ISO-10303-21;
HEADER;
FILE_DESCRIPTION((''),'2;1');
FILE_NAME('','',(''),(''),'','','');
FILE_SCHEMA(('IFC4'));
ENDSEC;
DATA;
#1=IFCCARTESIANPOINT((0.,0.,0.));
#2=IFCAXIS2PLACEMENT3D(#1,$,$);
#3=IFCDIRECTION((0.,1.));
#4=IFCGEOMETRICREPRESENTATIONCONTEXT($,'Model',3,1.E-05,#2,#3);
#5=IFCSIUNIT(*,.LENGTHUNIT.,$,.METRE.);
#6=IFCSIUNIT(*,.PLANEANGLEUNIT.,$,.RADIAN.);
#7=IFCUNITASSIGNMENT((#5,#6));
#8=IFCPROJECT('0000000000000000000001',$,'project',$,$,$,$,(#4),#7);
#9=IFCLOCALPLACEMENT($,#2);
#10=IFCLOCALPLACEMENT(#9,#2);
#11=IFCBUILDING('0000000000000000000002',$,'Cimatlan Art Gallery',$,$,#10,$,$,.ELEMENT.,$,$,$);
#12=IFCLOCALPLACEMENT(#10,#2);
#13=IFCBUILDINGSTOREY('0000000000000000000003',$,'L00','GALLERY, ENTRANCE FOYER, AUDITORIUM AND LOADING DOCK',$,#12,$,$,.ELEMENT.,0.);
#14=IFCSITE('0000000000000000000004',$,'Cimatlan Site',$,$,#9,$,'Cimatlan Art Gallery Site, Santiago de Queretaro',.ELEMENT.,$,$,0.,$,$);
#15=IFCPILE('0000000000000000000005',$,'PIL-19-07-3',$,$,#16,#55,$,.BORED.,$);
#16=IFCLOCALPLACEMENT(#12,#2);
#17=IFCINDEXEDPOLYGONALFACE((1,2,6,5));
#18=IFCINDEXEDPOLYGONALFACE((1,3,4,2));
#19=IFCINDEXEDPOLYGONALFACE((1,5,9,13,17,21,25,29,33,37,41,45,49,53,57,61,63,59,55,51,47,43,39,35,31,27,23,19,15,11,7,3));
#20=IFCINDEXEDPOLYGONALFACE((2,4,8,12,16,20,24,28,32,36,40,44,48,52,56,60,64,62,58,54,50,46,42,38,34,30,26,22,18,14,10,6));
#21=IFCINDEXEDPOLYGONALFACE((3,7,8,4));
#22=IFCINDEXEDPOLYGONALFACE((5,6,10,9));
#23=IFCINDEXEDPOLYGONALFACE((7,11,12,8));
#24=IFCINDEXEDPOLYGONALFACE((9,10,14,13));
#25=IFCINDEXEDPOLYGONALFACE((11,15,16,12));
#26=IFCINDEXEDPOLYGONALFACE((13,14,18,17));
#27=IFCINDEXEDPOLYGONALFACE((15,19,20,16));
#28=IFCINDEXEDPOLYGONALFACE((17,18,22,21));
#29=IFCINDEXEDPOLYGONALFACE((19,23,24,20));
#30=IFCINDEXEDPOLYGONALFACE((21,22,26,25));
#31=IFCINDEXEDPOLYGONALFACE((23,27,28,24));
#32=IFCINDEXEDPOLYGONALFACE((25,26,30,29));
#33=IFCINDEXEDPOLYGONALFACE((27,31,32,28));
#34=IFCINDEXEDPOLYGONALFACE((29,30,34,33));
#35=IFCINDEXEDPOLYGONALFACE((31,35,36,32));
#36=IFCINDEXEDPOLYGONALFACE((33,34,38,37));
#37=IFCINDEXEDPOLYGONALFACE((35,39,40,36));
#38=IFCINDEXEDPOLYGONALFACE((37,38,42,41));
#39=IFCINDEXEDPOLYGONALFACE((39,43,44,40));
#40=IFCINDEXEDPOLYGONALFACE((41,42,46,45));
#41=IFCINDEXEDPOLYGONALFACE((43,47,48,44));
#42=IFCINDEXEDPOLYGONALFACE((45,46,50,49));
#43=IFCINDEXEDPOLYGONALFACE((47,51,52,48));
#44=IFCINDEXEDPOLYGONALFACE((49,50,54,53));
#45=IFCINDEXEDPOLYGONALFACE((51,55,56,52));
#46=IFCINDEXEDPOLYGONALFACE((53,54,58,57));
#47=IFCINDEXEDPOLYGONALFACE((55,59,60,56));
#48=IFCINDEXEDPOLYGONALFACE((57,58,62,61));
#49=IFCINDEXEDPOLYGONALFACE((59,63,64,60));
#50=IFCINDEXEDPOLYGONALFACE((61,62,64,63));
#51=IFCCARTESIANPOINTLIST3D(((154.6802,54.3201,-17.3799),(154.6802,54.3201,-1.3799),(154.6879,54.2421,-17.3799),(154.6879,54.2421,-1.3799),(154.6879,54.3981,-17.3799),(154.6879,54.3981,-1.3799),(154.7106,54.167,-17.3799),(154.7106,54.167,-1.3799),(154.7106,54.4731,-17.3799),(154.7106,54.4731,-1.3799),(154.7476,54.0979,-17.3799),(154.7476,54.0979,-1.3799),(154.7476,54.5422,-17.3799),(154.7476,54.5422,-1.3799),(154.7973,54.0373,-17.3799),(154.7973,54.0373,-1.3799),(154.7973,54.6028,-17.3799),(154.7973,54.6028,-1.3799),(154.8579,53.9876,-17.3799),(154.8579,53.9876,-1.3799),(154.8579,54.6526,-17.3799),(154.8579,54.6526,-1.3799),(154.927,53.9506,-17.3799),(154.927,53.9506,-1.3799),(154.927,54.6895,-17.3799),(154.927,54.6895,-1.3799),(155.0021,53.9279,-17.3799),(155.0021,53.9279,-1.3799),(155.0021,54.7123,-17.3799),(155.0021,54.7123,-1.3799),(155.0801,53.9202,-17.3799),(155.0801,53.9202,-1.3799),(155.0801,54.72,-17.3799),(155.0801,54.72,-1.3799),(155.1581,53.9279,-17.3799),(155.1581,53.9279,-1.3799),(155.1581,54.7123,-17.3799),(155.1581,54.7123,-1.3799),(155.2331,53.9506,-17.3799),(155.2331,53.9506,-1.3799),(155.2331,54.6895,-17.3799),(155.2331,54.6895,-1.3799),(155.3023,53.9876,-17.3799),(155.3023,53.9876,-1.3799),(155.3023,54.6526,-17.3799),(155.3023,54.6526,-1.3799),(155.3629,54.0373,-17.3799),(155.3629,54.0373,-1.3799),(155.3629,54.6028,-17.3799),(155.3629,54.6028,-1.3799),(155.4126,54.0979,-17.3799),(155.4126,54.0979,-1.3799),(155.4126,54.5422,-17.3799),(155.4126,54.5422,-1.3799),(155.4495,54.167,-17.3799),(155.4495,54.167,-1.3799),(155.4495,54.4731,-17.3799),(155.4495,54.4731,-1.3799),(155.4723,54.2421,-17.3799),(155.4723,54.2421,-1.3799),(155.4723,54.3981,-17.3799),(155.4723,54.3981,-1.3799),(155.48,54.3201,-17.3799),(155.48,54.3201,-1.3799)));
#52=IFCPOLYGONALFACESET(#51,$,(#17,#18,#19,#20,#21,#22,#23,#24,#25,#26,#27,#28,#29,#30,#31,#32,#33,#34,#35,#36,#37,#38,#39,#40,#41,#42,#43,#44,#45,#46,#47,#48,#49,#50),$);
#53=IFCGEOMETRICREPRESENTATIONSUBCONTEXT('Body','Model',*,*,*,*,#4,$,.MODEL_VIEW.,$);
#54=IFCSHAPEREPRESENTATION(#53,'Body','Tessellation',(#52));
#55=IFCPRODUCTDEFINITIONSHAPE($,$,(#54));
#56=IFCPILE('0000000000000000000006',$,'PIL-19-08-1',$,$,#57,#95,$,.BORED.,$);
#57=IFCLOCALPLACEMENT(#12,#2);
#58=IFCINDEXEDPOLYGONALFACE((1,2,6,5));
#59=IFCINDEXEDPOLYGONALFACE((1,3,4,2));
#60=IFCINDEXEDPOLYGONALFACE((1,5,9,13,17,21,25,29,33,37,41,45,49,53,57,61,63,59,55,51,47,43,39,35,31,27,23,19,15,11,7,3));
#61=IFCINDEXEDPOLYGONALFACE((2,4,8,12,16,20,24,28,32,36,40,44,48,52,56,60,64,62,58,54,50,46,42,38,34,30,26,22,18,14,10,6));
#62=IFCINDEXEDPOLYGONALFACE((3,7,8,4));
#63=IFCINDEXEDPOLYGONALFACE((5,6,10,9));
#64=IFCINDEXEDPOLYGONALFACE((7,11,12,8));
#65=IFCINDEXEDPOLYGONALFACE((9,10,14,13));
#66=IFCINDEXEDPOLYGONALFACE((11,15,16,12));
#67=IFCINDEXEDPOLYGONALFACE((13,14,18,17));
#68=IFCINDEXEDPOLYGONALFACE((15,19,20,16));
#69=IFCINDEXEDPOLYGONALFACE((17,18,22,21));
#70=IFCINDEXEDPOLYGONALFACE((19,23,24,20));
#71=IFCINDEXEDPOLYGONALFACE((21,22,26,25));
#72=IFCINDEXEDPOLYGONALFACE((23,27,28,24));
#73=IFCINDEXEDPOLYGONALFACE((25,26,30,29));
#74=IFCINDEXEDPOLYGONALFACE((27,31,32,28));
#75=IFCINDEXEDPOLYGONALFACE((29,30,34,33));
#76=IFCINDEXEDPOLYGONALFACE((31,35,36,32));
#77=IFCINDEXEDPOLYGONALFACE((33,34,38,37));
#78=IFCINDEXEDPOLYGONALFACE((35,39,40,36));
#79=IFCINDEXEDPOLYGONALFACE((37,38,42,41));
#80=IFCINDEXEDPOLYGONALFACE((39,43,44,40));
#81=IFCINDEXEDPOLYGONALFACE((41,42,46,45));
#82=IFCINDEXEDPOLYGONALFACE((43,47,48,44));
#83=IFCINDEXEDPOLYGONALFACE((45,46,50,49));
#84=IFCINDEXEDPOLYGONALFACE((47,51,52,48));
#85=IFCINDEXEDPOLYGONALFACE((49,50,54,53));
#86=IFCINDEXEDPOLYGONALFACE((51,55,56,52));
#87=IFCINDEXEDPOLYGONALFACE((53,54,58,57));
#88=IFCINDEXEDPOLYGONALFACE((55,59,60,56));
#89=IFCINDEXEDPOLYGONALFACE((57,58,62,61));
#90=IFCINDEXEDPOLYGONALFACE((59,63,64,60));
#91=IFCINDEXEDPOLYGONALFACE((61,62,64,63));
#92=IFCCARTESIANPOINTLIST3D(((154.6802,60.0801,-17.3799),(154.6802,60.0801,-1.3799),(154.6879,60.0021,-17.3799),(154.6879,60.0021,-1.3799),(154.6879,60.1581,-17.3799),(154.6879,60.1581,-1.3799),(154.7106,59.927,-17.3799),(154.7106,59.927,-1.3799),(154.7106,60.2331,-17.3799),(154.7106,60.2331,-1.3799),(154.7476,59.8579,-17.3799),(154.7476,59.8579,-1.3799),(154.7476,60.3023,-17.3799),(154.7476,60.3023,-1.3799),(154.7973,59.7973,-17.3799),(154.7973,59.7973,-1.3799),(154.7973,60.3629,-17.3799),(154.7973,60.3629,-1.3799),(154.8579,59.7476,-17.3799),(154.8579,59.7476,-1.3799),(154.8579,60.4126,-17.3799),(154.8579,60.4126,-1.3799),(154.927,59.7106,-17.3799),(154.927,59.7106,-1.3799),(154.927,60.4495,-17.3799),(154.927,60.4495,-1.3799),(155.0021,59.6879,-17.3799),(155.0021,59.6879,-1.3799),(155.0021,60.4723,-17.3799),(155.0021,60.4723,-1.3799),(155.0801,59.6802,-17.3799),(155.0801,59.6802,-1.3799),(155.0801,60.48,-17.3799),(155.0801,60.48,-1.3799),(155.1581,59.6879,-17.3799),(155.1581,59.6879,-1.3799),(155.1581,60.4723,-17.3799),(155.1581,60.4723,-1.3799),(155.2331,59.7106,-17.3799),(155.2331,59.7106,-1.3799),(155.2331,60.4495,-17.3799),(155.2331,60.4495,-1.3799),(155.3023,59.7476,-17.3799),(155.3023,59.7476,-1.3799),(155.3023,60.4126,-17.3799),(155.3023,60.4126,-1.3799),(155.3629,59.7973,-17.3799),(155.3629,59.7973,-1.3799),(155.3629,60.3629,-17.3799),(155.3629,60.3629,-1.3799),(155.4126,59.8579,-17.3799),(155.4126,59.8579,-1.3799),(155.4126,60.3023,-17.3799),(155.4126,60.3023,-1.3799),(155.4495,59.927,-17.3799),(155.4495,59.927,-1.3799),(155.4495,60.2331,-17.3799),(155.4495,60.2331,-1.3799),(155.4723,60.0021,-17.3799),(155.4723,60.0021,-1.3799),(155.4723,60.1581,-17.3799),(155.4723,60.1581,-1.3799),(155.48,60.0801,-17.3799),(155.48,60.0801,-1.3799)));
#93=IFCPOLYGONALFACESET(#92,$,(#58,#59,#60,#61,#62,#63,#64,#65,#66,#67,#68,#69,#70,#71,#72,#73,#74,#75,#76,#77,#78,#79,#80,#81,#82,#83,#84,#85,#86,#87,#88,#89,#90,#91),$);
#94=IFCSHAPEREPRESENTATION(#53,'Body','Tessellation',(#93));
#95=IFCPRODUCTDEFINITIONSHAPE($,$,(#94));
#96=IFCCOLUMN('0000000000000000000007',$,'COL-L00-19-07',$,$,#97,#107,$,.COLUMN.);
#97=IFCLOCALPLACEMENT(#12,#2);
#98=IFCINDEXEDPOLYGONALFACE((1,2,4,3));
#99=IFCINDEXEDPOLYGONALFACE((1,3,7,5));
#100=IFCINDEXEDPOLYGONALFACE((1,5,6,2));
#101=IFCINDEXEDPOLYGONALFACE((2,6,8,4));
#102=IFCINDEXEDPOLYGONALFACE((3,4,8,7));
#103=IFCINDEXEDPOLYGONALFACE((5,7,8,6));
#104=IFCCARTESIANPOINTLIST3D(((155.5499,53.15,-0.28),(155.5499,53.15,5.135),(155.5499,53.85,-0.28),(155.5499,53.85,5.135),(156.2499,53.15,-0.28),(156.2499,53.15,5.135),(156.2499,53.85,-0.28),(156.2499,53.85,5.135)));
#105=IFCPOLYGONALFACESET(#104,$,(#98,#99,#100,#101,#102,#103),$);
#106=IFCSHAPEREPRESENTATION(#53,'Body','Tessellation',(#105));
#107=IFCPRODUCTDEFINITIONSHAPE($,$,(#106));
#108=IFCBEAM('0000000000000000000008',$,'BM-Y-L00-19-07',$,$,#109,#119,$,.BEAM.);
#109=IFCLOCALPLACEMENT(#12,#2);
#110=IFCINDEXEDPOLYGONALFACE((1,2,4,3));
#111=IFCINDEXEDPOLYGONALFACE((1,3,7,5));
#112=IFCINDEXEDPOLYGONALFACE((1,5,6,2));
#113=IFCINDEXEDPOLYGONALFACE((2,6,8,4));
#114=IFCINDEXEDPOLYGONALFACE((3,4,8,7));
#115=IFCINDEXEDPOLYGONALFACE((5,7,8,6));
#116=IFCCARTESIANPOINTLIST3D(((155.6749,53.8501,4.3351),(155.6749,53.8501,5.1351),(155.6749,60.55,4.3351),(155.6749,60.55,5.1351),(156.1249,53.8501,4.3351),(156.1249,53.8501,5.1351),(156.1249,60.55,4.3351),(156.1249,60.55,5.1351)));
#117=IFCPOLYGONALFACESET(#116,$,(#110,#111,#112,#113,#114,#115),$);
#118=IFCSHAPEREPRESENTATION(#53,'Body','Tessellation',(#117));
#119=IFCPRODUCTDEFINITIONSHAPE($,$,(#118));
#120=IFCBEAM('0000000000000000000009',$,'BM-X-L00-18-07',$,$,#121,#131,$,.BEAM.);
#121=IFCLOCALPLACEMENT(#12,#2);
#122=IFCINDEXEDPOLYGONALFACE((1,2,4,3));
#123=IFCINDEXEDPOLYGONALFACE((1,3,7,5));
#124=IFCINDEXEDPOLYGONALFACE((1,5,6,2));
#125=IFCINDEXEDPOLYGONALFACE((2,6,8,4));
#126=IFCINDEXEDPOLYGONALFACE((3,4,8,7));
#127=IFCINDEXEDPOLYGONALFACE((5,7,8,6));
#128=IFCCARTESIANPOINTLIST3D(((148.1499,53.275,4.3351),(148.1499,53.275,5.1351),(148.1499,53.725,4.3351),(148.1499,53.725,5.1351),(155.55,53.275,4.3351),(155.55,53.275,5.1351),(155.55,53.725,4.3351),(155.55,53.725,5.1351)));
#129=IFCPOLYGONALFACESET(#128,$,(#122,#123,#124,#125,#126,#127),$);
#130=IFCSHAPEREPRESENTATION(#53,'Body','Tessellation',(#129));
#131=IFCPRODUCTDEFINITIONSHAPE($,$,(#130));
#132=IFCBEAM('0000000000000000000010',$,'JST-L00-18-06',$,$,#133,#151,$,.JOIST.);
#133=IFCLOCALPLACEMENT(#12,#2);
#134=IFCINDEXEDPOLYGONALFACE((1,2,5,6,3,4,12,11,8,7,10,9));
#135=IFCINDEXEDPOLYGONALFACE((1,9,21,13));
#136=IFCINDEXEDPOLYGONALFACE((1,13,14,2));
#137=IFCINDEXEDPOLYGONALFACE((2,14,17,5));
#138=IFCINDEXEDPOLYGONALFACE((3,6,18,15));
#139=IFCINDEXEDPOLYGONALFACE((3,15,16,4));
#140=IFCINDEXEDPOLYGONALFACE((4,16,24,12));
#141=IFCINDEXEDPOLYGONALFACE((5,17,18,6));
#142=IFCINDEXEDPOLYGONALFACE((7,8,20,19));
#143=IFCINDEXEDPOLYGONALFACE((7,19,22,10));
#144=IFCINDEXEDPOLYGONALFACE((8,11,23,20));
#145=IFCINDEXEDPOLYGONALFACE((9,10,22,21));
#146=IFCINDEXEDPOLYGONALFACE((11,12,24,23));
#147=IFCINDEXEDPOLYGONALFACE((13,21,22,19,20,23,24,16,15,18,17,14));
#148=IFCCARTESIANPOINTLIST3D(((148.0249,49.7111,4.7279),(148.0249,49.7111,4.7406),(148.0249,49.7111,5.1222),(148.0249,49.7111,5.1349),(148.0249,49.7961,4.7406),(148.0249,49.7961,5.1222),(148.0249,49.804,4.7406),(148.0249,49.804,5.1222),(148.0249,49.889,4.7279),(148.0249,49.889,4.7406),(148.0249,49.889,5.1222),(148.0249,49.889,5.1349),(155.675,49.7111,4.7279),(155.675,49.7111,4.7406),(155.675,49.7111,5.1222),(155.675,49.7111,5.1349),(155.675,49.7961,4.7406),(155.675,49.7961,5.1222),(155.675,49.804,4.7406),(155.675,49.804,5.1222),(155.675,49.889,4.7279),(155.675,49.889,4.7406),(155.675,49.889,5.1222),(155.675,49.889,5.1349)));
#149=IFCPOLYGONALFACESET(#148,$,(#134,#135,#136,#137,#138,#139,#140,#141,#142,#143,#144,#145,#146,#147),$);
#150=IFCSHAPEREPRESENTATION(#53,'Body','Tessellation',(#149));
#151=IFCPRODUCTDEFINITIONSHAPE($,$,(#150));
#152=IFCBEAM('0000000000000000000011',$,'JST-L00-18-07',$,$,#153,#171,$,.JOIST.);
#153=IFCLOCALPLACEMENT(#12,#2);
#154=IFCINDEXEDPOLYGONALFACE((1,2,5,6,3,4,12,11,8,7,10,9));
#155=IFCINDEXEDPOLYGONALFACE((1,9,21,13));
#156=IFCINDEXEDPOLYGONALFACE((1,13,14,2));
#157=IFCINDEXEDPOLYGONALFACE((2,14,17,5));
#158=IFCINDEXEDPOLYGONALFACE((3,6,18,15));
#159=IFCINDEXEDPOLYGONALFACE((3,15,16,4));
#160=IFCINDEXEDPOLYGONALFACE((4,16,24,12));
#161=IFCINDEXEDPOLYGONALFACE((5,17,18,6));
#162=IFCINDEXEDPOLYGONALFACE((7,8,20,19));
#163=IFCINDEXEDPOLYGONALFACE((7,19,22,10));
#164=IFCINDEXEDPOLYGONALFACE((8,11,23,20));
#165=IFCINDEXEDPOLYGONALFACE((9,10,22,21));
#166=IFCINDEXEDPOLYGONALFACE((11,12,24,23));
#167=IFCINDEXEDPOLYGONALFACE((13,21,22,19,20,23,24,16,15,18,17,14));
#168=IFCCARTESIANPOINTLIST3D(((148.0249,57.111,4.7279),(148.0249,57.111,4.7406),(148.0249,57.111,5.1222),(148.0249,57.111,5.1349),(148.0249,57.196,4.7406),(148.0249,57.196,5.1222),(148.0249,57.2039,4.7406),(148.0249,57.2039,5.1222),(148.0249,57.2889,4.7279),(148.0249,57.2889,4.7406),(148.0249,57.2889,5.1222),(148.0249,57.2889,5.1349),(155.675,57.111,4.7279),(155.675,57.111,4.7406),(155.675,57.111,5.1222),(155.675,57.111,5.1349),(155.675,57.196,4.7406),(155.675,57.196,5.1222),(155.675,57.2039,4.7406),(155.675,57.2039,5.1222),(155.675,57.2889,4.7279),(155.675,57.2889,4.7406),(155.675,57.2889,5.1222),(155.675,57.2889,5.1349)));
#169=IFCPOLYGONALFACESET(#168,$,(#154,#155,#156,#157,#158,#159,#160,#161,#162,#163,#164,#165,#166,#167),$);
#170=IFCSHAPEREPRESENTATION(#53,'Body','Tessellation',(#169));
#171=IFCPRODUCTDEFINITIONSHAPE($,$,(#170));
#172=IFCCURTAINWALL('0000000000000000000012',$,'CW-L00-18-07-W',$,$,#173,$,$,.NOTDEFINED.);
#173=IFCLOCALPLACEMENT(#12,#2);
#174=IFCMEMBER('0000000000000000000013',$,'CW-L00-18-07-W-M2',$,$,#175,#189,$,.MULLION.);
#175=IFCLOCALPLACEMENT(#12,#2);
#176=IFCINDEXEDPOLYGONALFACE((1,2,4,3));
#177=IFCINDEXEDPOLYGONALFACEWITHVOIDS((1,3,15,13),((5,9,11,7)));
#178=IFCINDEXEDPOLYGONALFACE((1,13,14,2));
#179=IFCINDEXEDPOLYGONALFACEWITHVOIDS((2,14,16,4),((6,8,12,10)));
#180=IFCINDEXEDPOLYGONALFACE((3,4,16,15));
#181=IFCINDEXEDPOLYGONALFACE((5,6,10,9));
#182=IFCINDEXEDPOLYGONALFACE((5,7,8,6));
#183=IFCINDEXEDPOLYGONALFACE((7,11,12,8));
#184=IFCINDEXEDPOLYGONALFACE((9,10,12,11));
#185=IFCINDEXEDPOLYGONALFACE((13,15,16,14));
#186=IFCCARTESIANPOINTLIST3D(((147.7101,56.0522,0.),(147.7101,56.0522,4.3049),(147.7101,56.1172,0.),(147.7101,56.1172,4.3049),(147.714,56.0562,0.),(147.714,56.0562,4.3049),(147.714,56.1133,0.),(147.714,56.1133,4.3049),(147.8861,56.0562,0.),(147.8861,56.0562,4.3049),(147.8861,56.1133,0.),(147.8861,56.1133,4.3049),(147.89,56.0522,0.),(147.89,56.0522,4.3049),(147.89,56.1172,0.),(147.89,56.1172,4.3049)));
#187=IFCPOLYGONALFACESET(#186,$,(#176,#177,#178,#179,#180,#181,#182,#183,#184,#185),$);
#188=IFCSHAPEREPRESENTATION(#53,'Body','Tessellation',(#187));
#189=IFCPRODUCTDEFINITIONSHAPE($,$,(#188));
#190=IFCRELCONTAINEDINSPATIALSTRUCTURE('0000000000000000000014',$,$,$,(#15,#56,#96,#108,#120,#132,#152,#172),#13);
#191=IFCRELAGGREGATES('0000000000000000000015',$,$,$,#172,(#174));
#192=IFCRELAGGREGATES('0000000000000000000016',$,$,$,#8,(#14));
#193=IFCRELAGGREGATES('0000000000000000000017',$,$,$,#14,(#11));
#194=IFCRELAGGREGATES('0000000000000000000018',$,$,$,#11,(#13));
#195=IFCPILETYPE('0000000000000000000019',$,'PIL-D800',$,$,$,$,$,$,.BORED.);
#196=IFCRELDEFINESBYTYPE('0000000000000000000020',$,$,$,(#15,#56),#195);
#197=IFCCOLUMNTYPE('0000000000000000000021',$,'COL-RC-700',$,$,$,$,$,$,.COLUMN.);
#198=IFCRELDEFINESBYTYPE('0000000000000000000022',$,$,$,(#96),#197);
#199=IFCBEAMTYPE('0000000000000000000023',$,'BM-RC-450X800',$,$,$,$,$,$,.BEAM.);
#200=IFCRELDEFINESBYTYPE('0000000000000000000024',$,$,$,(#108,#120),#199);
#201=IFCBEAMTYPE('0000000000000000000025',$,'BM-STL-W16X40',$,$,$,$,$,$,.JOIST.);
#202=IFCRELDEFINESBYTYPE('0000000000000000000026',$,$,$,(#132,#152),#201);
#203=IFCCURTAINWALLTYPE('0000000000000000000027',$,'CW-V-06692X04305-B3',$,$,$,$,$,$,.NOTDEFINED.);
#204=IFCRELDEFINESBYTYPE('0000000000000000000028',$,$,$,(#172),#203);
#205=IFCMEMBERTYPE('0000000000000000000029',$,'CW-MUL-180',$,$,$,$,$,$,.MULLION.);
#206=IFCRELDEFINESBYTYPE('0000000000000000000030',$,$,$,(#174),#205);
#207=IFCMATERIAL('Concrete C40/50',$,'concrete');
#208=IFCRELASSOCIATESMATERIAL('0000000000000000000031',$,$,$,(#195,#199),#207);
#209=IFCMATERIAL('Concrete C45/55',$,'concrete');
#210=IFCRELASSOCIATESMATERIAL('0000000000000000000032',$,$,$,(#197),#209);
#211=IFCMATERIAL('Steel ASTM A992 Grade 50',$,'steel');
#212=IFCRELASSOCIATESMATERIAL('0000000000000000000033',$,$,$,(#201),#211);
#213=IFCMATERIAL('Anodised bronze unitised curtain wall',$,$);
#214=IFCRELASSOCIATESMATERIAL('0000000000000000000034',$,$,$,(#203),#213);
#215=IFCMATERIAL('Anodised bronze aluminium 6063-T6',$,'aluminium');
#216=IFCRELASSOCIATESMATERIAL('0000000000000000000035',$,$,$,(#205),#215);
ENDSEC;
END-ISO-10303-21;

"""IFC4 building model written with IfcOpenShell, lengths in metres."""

from ifc_helpers import new_model, si_unit, direction, frame, origin, origin_2d, place, context, subcontext, project, spatial, rectangle, hollow_rectangle, circle, i_section, extrude, material, material_profile, profile_set, type_object, element, aggregate, save


model = new_model("IFC4")

# Units and contexts
model_context = context("Model", 3, precision=1e-05, world=origin(), true_north=direction((0.0, 1.0)))
body_context = subcontext(model_context, "Body", "Model", "MODEL_VIEW")
ifc_project = project(units=[si_unit("LENGTHUNIT", "METRE"), si_unit("PLANEANGLEUNIT", "RADIAN")], contexts=[model_context])

# Site, building, storey
site_placement = place(None, origin())
site = spatial("IfcSite", under=ifc_project, at=site_placement, Name="Cimatlan Site", LongName="Cimatlan Art Gallery Site, Santiago de Queretaro", CompositionType="ELEMENT", RefElevation=0.0)
building_placement = place(site_placement, origin())
building = spatial("IfcBuilding", under=site, at=building_placement, Name="Cimatlan Art Gallery", CompositionType="ELEMENT")
storey_placement = place(building_placement, origin())
storey = spatial("IfcBuildingStorey", under=building, at=storey_placement, Name="L00", Description="GALLERY, ENTRANCE FOYER, AUDITORIUM AND LOADING DOCK", CompositionType="ELEMENT", Elevation=0.0)

# Shared definitions
ifc_material_1 = material(Name="Concrete C40/50", Category="concrete")

# Piles
pile_type = type_object("IfcPileType", Name="PIL-D800", PredefinedType="BORED", material=ifc_material_1)
for number, where, z_axis, x_axis, name in (
    (1, (155.0801, 54.3201, -1.3799), (0.0, 0.0, -1.0), (1.0, 0.0, 0.0), "PIL-19-07-3"),
    (2, (155.0801, 60.0801, -1.3799), (0.0, 0.0, -1.0), (1.0, 0.0, 0.0), "PIL-19-08-1"),
):
    element("IfcPile", number, at=place(storey_placement, frame(where, z_axis=z_axis, x_axis=x_axis)), inside=storey, type_object=pile_type, Name=name, PredefinedType="BORED", context=body_context, shape_type="SweptSolid", body=[
        extrude(circle(Radius=0.3999, at=origin_2d()), origin(), (0.0, 0.0, 1.0), 16.0),
    ])

# Column
ifc_material_2 = material(Name="Concrete C45/55", Category="concrete")
ifc_material_profile_1 = material_profile(ifc_material_2, rectangle(XDim=0.7, YDim=0.7, at=origin_2d()), Name="RC700X700")
ifc_profile_set_1 = profile_set([ifc_material_profile_1], Name="Concrete C45/55")
column_type = type_object("IfcColumnType", Name="COL-RC-700", PredefinedType="COLUMN", material=ifc_profile_set_1)
column_placement = place(storey_placement, frame((155.8999, 53.5, -0.28), z_axis=(0.0, 0.0, 1.0), x_axis=(1.0, 0.0, 0.0)))
element("IfcColumn", 3, at=column_placement, inside=storey, type_object=column_type, Name="COL-L00-19-07", PredefinedType="COLUMN", context=body_context, shape_type="SweptSolid", body=[
    extrude(rectangle(XDim=0.7, YDim=0.7, at=origin_2d()), origin(), (0.0, 0.0, 1.0), 5.415),
])

# Beams
ifc_material_profile_2 = material_profile(ifc_material_1, rectangle(XDim=0.45, YDim=0.8, at=origin_2d()), Name="RC450X800")
ifc_profile_set_2 = profile_set([ifc_material_profile_2], Name="Concrete C40/50")
beam_type_1 = type_object("IfcBeamType", Name="BM-RC-450X800", PredefinedType="BEAM", material=ifc_profile_set_2)
beam_1_placement = place(storey_placement, frame((155.8999, 53.8501, 4.7351), z_axis=(0.0, 1.0, 0.0), x_axis=(-1.0, 0.0, 0.0)))
element("IfcBeam", 4, at=beam_1_placement, inside=storey, type_object=beam_type_1, Name="BM-Y-L00-19-07", PredefinedType="BEAM", context=body_context, shape_type="SweptSolid", body=[
    extrude(rectangle(XDim=0.45, YDim=0.8, at=origin_2d()), origin(), (0.0, 0.0, 1.0), 6.7),
])
beam_2_placement = place(storey_placement, frame((148.1499, 53.5, 4.7351), z_axis=(1.0, 0.0, 0.0), x_axis=(0.0, 1.0, 0.0)))
element("IfcBeam", 5, at=beam_2_placement, inside=storey, type_object=beam_type_1, Name="BM-X-L00-18-07", PredefinedType="BEAM", context=body_context, shape_type="SweptSolid", body=[
    extrude(rectangle(XDim=0.45, YDim=0.8, at=origin_2d()), origin(), (0.0, 0.0, 1.0), 7.4001),
])
ifc_material_3 = material(Name="Steel ASTM A992 Grade 50", Category="steel")
ifc_material_profile_3 = material_profile(ifc_material_3, i_section(OverallWidth=0.178, OverallDepth=0.407, WebThickness=0.0078, FlangeThickness=0.0127, at=origin_2d()), Name="W16X40")
ifc_profile_set_3 = profile_set([ifc_material_profile_3], Name="Steel ASTM A992 Grade 50")
beam_type_2 = type_object("IfcBeamType", Name="BM-STL-W16X40", PredefinedType="JOIST", material=ifc_profile_set_3)
for number, where, z_axis, x_axis, name in (
    (6, (148.0249, 49.8, 4.9314), (1.0, 0.0, 0.0), (0.0, 1.0, 0.0), "JST-L00-18-06"),
    (7, (148.0249, 57.2, 4.9314), (1.0, 0.0, 0.0), (0.0, 1.0, 0.0), "JST-L00-18-07"),
):
    element("IfcBeam", number, at=place(storey_placement, frame(where, z_axis=z_axis, x_axis=x_axis)), inside=storey, type_object=beam_type_2, Name=name, PredefinedType="JOIST", context=body_context, shape_type="SweptSolid", body=[
        extrude(i_section(OverallWidth=0.178, OverallDepth=0.407, WebThickness=0.0078, FlangeThickness=0.0127, at=origin_2d()), origin(), (0.0, 0.0, 1.0), 7.6501),
    ])

# Curtain wall, member
ifc_material_4 = material(Name="Anodised bronze unitised curtain wall")
curtain_wall_type = type_object("IfcCurtainWallType", Name="CW-V-06692X04305-B3", PredefinedType="NOTDEFINED", material=ifc_material_4)
curtain_wall_placement = place(storey_placement, origin())
curtain_wall = element("IfcCurtainWall", 8, at=curtain_wall_placement, inside=storey, type_object=curtain_wall_type, Name="CW-L00-18-07-W", PredefinedType="NOTDEFINED")
ifc_material_5 = material(Name="Anodised bronze aluminium 6063-T6", Category="aluminium")
ifc_material_profile_4 = material_profile(ifc_material_5, hollow_rectangle(XDim=0.0649, YDim=0.1799, WallThickness=0.0039, at=origin_2d()), Name="ALU65X180X4")
ifc_profile_set_4 = profile_set([ifc_material_profile_4], Name="Anodised bronze aluminium 6063-T6")
member_type = type_object("IfcMemberType", Name="CW-MUL-180", PredefinedType="MULLION", material=ifc_profile_set_4)
member_1_placement = place(storey_placement, frame((147.8, 56.0847, 0.0), z_axis=(0.0, 0.0, 1.0), x_axis=(0.0, 1.0, 0.0)))
member_1 = element("IfcMember", 9, at=member_1_placement, type_object=member_type, Name="CW-L00-18-07-W-M2", PredefinedType="MULLION", context=body_context, shape_type="SweptSolid", body=[
    extrude(hollow_rectangle(XDim=0.0649, YDim=0.1799, WallThickness=0.0039, at=origin_2d()), origin(), (0.0, 0.0, 1.0), 4.3049),
])
aggregate(curtain_wall, [member_1])

save(model, "model.ifc")
